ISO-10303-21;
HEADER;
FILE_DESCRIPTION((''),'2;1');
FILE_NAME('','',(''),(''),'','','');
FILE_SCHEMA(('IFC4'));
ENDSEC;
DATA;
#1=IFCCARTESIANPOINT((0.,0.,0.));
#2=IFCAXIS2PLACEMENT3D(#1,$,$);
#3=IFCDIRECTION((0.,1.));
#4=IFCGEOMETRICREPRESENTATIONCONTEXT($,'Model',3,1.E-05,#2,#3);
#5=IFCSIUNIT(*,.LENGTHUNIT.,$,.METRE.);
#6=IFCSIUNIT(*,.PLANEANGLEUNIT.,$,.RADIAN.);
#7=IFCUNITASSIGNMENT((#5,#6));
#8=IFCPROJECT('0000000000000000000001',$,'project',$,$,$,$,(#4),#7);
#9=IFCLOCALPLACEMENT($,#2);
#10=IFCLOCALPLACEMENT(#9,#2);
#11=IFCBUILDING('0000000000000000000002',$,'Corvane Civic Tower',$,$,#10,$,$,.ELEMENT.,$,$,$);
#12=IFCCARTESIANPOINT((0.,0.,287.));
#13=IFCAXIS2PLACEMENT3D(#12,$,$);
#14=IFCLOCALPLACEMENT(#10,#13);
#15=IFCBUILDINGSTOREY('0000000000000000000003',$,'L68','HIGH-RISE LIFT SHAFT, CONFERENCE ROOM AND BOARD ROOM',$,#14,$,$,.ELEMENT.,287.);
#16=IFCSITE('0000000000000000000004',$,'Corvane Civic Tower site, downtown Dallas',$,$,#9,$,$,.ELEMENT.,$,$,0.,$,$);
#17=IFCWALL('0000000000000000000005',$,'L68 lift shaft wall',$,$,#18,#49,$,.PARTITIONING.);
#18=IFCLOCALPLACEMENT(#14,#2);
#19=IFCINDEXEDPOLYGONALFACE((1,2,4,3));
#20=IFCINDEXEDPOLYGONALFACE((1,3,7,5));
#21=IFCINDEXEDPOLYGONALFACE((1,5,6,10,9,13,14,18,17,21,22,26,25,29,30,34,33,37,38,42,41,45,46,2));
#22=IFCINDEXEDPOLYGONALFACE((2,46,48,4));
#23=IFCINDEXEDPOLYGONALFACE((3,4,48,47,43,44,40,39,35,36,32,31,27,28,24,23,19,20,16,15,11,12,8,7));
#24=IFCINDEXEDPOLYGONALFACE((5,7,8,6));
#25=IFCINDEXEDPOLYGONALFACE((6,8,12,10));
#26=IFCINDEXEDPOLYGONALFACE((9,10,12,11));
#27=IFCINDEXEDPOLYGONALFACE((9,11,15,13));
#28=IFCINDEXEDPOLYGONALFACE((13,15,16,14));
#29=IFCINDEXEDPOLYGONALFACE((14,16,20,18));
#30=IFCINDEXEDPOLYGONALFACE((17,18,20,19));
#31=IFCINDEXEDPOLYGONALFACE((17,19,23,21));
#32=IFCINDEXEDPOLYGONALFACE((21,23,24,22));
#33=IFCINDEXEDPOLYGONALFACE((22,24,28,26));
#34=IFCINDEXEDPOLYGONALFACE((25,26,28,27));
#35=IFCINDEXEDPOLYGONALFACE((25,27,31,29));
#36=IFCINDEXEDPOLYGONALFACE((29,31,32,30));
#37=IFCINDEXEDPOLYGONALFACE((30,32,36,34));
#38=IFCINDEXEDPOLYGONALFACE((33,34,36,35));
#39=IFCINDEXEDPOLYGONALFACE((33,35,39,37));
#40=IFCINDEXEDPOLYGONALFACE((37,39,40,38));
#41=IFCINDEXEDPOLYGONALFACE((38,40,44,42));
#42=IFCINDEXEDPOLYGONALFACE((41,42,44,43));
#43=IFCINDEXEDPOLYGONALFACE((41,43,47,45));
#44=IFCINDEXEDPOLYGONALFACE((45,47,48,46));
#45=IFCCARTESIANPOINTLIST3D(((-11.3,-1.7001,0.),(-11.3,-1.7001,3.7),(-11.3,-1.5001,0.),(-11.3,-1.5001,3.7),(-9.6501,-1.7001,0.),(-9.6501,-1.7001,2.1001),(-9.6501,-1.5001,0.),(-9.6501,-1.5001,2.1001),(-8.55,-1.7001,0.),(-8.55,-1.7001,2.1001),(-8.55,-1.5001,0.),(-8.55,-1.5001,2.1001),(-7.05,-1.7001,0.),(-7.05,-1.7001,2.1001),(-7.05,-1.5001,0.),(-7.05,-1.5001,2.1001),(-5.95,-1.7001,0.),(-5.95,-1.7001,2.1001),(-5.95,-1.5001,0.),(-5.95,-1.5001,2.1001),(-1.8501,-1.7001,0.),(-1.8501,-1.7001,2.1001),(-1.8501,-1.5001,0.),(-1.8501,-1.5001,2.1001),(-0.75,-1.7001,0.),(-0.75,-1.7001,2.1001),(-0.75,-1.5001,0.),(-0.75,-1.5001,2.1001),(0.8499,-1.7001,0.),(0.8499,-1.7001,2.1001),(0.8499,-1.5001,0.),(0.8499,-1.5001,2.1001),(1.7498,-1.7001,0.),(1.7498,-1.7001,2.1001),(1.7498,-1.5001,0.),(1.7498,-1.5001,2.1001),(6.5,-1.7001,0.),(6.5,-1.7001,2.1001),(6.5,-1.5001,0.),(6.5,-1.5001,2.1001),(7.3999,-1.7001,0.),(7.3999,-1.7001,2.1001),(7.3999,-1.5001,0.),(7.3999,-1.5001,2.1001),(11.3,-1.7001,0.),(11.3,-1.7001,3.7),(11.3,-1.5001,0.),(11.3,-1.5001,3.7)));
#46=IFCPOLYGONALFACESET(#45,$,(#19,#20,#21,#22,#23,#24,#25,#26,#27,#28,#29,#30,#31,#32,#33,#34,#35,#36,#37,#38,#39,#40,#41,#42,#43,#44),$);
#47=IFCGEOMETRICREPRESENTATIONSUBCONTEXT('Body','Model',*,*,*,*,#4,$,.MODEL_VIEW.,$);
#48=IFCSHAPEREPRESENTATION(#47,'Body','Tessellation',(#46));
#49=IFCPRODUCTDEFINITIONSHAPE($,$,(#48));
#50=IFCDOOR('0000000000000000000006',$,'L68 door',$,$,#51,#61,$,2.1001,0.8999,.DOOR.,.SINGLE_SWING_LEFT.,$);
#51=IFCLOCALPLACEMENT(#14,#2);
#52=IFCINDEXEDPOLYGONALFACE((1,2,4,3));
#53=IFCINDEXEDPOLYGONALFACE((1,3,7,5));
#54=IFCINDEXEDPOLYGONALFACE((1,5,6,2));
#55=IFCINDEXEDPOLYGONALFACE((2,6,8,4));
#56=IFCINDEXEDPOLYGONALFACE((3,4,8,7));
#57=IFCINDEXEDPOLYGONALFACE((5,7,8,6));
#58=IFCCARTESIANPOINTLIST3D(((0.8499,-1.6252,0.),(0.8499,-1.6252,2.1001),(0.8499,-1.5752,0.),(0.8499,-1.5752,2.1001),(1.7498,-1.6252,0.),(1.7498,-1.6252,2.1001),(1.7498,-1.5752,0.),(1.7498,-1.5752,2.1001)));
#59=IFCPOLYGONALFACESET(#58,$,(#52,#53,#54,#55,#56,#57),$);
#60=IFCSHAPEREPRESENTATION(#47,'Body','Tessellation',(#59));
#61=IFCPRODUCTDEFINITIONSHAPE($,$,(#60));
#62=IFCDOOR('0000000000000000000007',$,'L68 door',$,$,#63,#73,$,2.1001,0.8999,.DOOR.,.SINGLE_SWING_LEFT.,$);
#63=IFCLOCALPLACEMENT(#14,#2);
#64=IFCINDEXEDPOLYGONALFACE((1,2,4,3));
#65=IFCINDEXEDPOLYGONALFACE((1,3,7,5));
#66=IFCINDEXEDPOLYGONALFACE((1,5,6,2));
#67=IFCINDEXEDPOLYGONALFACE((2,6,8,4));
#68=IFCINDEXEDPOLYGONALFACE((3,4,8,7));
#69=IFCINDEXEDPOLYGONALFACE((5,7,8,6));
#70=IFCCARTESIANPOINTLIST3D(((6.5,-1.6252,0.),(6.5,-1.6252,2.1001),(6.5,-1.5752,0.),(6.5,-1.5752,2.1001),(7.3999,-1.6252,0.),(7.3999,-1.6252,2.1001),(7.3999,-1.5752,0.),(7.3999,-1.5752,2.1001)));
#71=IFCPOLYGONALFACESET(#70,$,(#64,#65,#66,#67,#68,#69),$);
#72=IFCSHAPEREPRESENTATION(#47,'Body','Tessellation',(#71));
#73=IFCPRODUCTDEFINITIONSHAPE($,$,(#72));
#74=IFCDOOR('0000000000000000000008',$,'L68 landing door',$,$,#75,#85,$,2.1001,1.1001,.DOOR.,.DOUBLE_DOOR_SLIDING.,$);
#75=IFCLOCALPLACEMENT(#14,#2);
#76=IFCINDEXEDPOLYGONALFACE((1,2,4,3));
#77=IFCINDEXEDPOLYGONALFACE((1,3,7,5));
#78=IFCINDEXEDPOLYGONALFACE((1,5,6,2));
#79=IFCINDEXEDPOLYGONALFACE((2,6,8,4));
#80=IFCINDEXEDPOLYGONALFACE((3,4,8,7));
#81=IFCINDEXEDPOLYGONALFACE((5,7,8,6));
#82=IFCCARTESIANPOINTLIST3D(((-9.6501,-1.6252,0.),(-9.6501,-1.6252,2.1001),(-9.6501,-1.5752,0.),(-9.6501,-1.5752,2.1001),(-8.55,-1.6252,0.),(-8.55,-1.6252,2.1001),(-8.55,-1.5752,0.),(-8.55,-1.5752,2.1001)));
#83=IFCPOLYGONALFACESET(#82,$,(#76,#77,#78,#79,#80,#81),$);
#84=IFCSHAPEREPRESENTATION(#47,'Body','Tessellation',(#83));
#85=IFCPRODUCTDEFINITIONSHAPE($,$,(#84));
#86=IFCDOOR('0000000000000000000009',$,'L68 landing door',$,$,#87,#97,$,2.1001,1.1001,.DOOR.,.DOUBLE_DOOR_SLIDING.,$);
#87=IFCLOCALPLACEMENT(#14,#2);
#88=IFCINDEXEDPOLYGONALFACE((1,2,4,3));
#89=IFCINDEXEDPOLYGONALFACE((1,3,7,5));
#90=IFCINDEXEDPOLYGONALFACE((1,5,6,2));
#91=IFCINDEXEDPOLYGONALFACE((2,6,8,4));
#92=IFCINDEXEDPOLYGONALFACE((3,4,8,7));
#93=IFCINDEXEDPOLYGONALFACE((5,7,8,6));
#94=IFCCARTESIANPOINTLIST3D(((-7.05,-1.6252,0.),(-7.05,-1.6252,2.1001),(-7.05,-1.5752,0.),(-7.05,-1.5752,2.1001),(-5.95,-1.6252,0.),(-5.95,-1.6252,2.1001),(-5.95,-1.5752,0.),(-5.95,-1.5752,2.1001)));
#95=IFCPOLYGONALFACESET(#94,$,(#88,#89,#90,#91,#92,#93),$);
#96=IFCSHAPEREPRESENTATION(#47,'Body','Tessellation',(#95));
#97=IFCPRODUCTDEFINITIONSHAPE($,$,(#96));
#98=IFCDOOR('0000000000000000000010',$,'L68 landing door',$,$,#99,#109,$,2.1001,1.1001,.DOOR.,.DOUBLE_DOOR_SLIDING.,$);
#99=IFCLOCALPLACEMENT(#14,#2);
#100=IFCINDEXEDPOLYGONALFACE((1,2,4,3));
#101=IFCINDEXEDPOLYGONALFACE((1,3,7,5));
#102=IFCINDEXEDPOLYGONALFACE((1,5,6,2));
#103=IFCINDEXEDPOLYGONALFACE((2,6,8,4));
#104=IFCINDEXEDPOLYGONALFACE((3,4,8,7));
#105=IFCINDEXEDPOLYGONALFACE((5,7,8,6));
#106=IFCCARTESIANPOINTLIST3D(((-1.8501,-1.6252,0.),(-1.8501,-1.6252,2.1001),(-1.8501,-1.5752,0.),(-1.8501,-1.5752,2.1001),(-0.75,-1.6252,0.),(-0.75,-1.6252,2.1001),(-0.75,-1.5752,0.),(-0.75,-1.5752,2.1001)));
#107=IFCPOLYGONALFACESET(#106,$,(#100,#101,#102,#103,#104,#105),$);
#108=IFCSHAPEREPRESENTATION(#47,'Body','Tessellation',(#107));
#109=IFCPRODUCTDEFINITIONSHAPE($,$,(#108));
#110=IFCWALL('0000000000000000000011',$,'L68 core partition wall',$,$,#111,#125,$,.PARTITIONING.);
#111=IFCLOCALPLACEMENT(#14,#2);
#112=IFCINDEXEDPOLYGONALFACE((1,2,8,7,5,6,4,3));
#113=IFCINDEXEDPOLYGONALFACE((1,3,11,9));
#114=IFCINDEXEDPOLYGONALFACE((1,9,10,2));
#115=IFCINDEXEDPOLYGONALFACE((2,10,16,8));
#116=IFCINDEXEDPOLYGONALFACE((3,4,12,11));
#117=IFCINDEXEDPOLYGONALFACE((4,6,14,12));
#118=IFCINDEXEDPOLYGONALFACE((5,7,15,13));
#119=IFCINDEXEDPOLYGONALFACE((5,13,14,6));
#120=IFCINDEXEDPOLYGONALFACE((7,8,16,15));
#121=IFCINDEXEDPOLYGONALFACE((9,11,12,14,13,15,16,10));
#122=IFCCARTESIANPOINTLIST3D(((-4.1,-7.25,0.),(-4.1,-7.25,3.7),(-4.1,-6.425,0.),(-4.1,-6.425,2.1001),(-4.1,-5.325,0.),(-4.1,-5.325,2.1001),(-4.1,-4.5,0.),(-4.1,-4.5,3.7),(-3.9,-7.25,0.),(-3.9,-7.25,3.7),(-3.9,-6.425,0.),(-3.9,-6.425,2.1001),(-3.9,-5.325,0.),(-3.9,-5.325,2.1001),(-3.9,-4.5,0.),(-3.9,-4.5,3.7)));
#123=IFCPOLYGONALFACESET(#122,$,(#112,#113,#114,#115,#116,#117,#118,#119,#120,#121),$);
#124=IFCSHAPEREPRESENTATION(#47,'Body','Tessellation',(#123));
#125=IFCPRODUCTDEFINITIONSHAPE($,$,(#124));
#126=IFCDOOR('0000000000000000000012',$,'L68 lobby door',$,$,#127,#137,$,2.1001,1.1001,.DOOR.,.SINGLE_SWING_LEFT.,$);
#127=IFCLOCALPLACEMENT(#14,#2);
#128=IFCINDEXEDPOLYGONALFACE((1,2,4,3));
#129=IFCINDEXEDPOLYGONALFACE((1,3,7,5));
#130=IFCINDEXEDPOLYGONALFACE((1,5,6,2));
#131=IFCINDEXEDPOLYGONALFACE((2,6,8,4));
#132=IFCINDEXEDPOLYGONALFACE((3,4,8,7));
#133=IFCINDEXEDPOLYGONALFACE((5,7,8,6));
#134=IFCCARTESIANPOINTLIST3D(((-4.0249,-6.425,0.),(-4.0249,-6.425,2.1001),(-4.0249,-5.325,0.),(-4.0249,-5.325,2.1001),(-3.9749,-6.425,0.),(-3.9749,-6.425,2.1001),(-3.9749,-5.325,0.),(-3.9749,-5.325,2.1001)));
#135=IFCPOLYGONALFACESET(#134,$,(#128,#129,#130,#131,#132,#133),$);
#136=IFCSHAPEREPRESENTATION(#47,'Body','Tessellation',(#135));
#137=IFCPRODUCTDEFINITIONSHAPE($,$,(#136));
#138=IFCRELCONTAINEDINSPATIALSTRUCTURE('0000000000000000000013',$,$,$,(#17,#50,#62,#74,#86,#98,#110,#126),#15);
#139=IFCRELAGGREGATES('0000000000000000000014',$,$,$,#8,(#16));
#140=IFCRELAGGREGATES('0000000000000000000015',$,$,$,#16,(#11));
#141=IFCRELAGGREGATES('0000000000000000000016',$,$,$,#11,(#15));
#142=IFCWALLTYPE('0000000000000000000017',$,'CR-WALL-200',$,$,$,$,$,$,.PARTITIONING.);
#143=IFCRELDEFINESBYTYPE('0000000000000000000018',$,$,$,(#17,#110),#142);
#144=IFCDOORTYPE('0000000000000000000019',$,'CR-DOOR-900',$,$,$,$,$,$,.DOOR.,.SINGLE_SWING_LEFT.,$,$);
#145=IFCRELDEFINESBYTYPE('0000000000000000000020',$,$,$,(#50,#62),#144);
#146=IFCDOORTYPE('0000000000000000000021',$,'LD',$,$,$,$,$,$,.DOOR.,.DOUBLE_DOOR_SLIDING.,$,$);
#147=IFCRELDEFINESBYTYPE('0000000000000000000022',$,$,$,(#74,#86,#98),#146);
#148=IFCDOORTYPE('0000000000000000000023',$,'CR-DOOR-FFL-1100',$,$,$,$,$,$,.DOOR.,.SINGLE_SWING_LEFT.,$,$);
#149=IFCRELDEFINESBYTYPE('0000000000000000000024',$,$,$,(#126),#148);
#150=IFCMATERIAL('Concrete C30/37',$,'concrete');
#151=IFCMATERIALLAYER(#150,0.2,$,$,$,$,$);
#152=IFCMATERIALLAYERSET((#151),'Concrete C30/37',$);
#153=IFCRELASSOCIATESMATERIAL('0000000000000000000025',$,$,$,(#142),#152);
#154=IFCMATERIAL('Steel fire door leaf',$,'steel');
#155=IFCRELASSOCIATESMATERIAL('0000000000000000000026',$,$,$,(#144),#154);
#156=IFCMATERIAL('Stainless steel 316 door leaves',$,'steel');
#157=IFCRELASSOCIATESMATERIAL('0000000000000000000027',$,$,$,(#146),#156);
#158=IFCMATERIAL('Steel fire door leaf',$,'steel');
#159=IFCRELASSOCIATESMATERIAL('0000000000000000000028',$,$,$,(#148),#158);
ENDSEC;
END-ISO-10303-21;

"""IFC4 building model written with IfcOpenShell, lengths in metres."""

from ifc_helpers import new_model, si_unit, direction, frame, frame_2d, origin, place, context, subcontext, project, spatial, rectangle, extrude, material, layer, layer_set, type_object, element, fill, save


model = new_model("IFC4")

# Units and contexts
model_context = context("Model", 3, precision=1e-05, world=origin(), true_north=direction((0.0, 1.0)))
body_context = subcontext(model_context, "Body", "Model", "MODEL_VIEW")
ifc_project = project(units=[si_unit("LENGTHUNIT", "METRE"), si_unit("PLANEANGLEUNIT", "RADIAN")], contexts=[model_context])

# Site, building, storey
site_placement = place(None, origin())
site = spatial("IfcSite", under=ifc_project, at=site_placement, Name="Corvane Civic Tower site, downtown Dallas", CompositionType="ELEMENT", RefElevation=0.0)
building_placement = place(site_placement, origin())
building = spatial("IfcBuilding", under=site, at=building_placement, Name="Corvane Civic Tower", CompositionType="ELEMENT")
storey_placement = place(building_placement, frame((0.0, 0.0, 287.0)))
storey = spatial("IfcBuildingStorey", under=building, at=storey_placement, Name="L68", Description="HIGH-RISE LIFT SHAFT, CONFERENCE ROOM AND BOARD ROOM", CompositionType="ELEMENT", Elevation=287.0)

# Shared definitions
ifc_material_1 = material(Name="Concrete C30/37", Category="concrete")
ifc_layer_1 = layer(ifc_material_1, 0.2)
ifc_layer_set_1 = layer_set([ifc_layer_1], Name="Concrete C30/37")
wall_type_1 = type_object("IfcWallType", Name="CR-WALL-200", PredefinedType="PARTITIONING", material=ifc_layer_set_1)
ifc_material_2 = material(Name="Steel fire door leaf", Category="steel")
door_type_1 = type_object("IfcDoorType", Name="CR-DOOR-900", OperationType="SINGLE_SWING_LEFT", PredefinedType="DOOR", material=ifc_material_2)

# Wall, openings, doors
wall_1_placement = place(storey_placement, frame((-11.3, -1.6001, 0.0), z_axis=(0.0, 0.0, 1.0), x_axis=(1.0, 0.0, 0.0)))
wall_1 = element("IfcWall", 1, at=wall_1_placement, inside=storey, type_object=wall_type_1, Name="L68 lift shaft wall", PredefinedType="PARTITIONING", context=body_context, shape_type="SweptSolid", body=[
    extrude(rectangle(XDim=22.6001, YDim=0.2, at=frame_2d((11.3, 0.0))), origin(), (0.0, 0.0, 1.0), 3.7),
])
opening_1_placement = place(wall_1_placement, frame((1.6499, 0.0, 0.0)))
opening_1 = element("IfcOpeningElement", 2, at=opening_1_placement, cuts=wall_1, PredefinedType="OPENING", context=body_context, shape_type="SweptSolid", body=[
    extrude(rectangle(XDim=1.1001, YDim=2.1001, at=frame_2d((0.55, 1.05))), frame((0.0, 0.1099, 0.0), z_axis=(0.0, -1.0, 0.0), x_axis=(1.0, 0.0, 0.0)), (0.0, 0.0, 1.0), 0.22),
])
opening_2_placement = place(wall_1_placement, frame((4.25, 0.0, 0.0)))
opening_2 = element("IfcOpeningElement", 3, at=opening_2_placement, cuts=wall_1, PredefinedType="OPENING", context=body_context, shape_type="SweptSolid", body=[
    extrude(rectangle(XDim=1.1001, YDim=2.1001, at=frame_2d((0.55, 1.05))), frame((0.0, 0.1099, 0.0), z_axis=(0.0, -1.0, 0.0), x_axis=(1.0, 0.0, 0.0)), (0.0, 0.0, 1.0), 0.22),
])
opening_3_placement = place(wall_1_placement, frame((9.45, 0.0, 0.0)))
opening_3 = element("IfcOpeningElement", 4, at=opening_3_placement, cuts=wall_1, PredefinedType="OPENING", context=body_context, shape_type="SweptSolid", body=[
    extrude(rectangle(XDim=1.1001, YDim=2.1001, at=frame_2d((0.55, 1.05))), frame((0.0, 0.1099, 0.0), z_axis=(0.0, -1.0, 0.0), x_axis=(1.0, 0.0, 0.0)), (0.0, 0.0, 1.0), 0.22),
])
opening_4_placement = place(wall_1_placement, frame((12.1499, 0.0, 0.0)))
opening_4 = element("IfcOpeningElement", 5, at=opening_4_placement, cuts=wall_1, PredefinedType="OPENING", context=body_context, shape_type="SweptSolid", body=[
    extrude(rectangle(XDim=0.8999, YDim=2.1001, at=frame_2d((0.45, 1.05))), frame((0.0, 0.1099, 0.0), z_axis=(0.0, -1.0, 0.0), x_axis=(1.0, 0.0, 0.0)), (0.0, 0.0, 1.0), 0.22),
])
opening_5_placement = place(wall_1_placement, frame((17.8, 0.0, 0.0)))
opening_5 = element("IfcOpeningElement", 6, at=opening_5_placement, cuts=wall_1, PredefinedType="OPENING", context=body_context, shape_type="SweptSolid", body=[
    extrude(rectangle(XDim=0.8999, YDim=2.1001, at=frame_2d((0.45, 1.05))), frame((0.0, 0.1099, 0.0), z_axis=(0.0, -1.0, 0.0), x_axis=(1.0, 0.0, 0.0)), (0.0, 0.0, 1.0), 0.22),
])
door_1_placement = place(opening_4_placement, origin())
door_1 = element("IfcDoor", 7, at=door_1_placement, inside=storey, type_object=door_type_1, Name="L68 door", OperationType="SINGLE_SWING_LEFT", OverallHeight=2.1001, OverallWidth=0.8999, PredefinedType="DOOR", context=body_context, shape_type="SweptSolid", body=[
    extrude(rectangle(XDim=0.8999, YDim=2.1001, at=frame_2d((0.45, 1.05))), frame((0.0, 0.0249, 0.0), z_axis=(0.0, -1.0, 0.0), x_axis=(1.0, 0.0, 0.0)), (0.0, 0.0, 1.0), 0.05),
])
fill(opening_4, door_1)
door_2_placement = place(opening_5_placement, origin())
door_2 = element("IfcDoor", 8, at=door_2_placement, inside=storey, type_object=door_type_1, Name="L68 door", OperationType="SINGLE_SWING_LEFT", OverallHeight=2.1001, OverallWidth=0.8999, PredefinedType="DOOR", context=body_context, shape_type="SweptSolid", body=[
    extrude(rectangle(XDim=0.8999, YDim=2.1001, at=frame_2d((0.45, 1.05))), frame((0.0, 0.0249, 0.0), z_axis=(0.0, -1.0, 0.0), x_axis=(1.0, 0.0, 0.0)), (0.0, 0.0, 1.0), 0.05),
])
fill(opening_5, door_2)
ifc_material_3 = material(Name="Stainless steel 316 door leaves", Category="steel")
door_type_2 = type_object("IfcDoorType", Name="LD", OperationType="DOUBLE_DOOR_SLIDING", PredefinedType="DOOR", material=ifc_material_3)
door_3_placement = place(opening_1_placement, origin())
door_3 = element("IfcDoor", 9, at=door_3_placement, inside=storey, type_object=door_type_2, Name="L68 landing door", OperationType="DOUBLE_DOOR_SLIDING", OverallHeight=2.1001, OverallWidth=1.1001, PredefinedType="DOOR", context=body_context, shape_type="SweptSolid", body=[
    extrude(rectangle(XDim=1.1001, YDim=2.1001, at=frame_2d((0.55, 1.05))), frame((0.0, 0.0249, 0.0), z_axis=(0.0, -1.0, 0.0), x_axis=(1.0, 0.0, 0.0)), (0.0, 0.0, 1.0), 0.05),
])
fill(opening_1, door_3)
door_4_placement = place(opening_2_placement, origin())
door_4 = element("IfcDoor", 10, at=door_4_placement, inside=storey, type_object=door_type_2, Name="L68 landing door", OperationType="DOUBLE_DOOR_SLIDING", OverallHeight=2.1001, OverallWidth=1.1001, PredefinedType="DOOR", context=body_context, shape_type="SweptSolid", body=[
    extrude(rectangle(XDim=1.1001, YDim=2.1001, at=frame_2d((0.55, 1.05))), frame((0.0, 0.0249, 0.0), z_axis=(0.0, -1.0, 0.0), x_axis=(1.0, 0.0, 0.0)), (0.0, 0.0, 1.0), 0.05),
])
fill(opening_2, door_4)
door_5_placement = place(opening_3_placement, origin())
door_5 = element("IfcDoor", 11, at=door_5_placement, inside=storey, type_object=door_type_2, Name="L68 landing door", OperationType="DOUBLE_DOOR_SLIDING", OverallHeight=2.1001, OverallWidth=1.1001, PredefinedType="DOOR", context=body_context, shape_type="SweptSolid", body=[
    extrude(rectangle(XDim=1.1001, YDim=2.1001, at=frame_2d((0.55, 1.05))), frame((0.0, 0.0249, 0.0), z_axis=(0.0, -1.0, 0.0), x_axis=(1.0, 0.0, 0.0)), (0.0, 0.0, 1.0), 0.05),
])
fill(opening_3, door_5)

# Wall, opening, door
wall_2_placement = place(storey_placement, frame((-4.0, -7.25, 0.0), z_axis=(0.0, 0.0, 1.0), x_axis=(0.0, 1.0, 0.0)))
wall_2 = element("IfcWall", 12, at=wall_2_placement, inside=storey, type_object=wall_type_1, Name="L68 core partition wall", PredefinedType="PARTITIONING", context=body_context, shape_type="SweptSolid", body=[
    extrude(rectangle(XDim=2.75, YDim=0.2, at=frame_2d((1.375, 0.0))), origin(), (0.0, 0.0, 1.0), 3.7),
])
opening_6_placement = place(wall_2_placement, frame((0.825, 0.0, 0.0)))
opening_6 = element("IfcOpeningElement", 13, at=opening_6_placement, cuts=wall_2, PredefinedType="OPENING", context=body_context, shape_type="SweptSolid", body=[
    extrude(rectangle(XDim=1.1001, YDim=2.1001, at=frame_2d((0.55, 1.05))), frame((0.0, 0.1099, 0.0), z_axis=(0.0, -1.0, 0.0), x_axis=(1.0, 0.0, 0.0)), (0.0, 0.0, 1.0), 0.22),
])
ifc_material_4 = material(Name="Steel fire door leaf", Category="steel")
door_type_3 = type_object("IfcDoorType", Name="CR-DOOR-FFL-1100", OperationType="SINGLE_SWING_LEFT", PredefinedType="DOOR", material=ifc_material_4)
door_6_placement = place(opening_6_placement, origin())
door_6 = element("IfcDoor", 14, at=door_6_placement, inside=storey, type_object=door_type_3, Name="L68 lobby door", OperationType="SINGLE_SWING_LEFT", OverallHeight=2.1001, OverallWidth=1.1001, PredefinedType="DOOR", context=body_context, shape_type="SweptSolid", body=[
    extrude(rectangle(XDim=1.1001, YDim=2.1001, at=frame_2d((0.55, 1.05))), frame((0.0, 0.0249, 0.0), z_axis=(0.0, -1.0, 0.0), x_axis=(1.0, 0.0, 0.0)), (0.0, 0.0, 1.0), 0.05),
])
fill(opening_6, door_6)

save(model, "model.ifc")
